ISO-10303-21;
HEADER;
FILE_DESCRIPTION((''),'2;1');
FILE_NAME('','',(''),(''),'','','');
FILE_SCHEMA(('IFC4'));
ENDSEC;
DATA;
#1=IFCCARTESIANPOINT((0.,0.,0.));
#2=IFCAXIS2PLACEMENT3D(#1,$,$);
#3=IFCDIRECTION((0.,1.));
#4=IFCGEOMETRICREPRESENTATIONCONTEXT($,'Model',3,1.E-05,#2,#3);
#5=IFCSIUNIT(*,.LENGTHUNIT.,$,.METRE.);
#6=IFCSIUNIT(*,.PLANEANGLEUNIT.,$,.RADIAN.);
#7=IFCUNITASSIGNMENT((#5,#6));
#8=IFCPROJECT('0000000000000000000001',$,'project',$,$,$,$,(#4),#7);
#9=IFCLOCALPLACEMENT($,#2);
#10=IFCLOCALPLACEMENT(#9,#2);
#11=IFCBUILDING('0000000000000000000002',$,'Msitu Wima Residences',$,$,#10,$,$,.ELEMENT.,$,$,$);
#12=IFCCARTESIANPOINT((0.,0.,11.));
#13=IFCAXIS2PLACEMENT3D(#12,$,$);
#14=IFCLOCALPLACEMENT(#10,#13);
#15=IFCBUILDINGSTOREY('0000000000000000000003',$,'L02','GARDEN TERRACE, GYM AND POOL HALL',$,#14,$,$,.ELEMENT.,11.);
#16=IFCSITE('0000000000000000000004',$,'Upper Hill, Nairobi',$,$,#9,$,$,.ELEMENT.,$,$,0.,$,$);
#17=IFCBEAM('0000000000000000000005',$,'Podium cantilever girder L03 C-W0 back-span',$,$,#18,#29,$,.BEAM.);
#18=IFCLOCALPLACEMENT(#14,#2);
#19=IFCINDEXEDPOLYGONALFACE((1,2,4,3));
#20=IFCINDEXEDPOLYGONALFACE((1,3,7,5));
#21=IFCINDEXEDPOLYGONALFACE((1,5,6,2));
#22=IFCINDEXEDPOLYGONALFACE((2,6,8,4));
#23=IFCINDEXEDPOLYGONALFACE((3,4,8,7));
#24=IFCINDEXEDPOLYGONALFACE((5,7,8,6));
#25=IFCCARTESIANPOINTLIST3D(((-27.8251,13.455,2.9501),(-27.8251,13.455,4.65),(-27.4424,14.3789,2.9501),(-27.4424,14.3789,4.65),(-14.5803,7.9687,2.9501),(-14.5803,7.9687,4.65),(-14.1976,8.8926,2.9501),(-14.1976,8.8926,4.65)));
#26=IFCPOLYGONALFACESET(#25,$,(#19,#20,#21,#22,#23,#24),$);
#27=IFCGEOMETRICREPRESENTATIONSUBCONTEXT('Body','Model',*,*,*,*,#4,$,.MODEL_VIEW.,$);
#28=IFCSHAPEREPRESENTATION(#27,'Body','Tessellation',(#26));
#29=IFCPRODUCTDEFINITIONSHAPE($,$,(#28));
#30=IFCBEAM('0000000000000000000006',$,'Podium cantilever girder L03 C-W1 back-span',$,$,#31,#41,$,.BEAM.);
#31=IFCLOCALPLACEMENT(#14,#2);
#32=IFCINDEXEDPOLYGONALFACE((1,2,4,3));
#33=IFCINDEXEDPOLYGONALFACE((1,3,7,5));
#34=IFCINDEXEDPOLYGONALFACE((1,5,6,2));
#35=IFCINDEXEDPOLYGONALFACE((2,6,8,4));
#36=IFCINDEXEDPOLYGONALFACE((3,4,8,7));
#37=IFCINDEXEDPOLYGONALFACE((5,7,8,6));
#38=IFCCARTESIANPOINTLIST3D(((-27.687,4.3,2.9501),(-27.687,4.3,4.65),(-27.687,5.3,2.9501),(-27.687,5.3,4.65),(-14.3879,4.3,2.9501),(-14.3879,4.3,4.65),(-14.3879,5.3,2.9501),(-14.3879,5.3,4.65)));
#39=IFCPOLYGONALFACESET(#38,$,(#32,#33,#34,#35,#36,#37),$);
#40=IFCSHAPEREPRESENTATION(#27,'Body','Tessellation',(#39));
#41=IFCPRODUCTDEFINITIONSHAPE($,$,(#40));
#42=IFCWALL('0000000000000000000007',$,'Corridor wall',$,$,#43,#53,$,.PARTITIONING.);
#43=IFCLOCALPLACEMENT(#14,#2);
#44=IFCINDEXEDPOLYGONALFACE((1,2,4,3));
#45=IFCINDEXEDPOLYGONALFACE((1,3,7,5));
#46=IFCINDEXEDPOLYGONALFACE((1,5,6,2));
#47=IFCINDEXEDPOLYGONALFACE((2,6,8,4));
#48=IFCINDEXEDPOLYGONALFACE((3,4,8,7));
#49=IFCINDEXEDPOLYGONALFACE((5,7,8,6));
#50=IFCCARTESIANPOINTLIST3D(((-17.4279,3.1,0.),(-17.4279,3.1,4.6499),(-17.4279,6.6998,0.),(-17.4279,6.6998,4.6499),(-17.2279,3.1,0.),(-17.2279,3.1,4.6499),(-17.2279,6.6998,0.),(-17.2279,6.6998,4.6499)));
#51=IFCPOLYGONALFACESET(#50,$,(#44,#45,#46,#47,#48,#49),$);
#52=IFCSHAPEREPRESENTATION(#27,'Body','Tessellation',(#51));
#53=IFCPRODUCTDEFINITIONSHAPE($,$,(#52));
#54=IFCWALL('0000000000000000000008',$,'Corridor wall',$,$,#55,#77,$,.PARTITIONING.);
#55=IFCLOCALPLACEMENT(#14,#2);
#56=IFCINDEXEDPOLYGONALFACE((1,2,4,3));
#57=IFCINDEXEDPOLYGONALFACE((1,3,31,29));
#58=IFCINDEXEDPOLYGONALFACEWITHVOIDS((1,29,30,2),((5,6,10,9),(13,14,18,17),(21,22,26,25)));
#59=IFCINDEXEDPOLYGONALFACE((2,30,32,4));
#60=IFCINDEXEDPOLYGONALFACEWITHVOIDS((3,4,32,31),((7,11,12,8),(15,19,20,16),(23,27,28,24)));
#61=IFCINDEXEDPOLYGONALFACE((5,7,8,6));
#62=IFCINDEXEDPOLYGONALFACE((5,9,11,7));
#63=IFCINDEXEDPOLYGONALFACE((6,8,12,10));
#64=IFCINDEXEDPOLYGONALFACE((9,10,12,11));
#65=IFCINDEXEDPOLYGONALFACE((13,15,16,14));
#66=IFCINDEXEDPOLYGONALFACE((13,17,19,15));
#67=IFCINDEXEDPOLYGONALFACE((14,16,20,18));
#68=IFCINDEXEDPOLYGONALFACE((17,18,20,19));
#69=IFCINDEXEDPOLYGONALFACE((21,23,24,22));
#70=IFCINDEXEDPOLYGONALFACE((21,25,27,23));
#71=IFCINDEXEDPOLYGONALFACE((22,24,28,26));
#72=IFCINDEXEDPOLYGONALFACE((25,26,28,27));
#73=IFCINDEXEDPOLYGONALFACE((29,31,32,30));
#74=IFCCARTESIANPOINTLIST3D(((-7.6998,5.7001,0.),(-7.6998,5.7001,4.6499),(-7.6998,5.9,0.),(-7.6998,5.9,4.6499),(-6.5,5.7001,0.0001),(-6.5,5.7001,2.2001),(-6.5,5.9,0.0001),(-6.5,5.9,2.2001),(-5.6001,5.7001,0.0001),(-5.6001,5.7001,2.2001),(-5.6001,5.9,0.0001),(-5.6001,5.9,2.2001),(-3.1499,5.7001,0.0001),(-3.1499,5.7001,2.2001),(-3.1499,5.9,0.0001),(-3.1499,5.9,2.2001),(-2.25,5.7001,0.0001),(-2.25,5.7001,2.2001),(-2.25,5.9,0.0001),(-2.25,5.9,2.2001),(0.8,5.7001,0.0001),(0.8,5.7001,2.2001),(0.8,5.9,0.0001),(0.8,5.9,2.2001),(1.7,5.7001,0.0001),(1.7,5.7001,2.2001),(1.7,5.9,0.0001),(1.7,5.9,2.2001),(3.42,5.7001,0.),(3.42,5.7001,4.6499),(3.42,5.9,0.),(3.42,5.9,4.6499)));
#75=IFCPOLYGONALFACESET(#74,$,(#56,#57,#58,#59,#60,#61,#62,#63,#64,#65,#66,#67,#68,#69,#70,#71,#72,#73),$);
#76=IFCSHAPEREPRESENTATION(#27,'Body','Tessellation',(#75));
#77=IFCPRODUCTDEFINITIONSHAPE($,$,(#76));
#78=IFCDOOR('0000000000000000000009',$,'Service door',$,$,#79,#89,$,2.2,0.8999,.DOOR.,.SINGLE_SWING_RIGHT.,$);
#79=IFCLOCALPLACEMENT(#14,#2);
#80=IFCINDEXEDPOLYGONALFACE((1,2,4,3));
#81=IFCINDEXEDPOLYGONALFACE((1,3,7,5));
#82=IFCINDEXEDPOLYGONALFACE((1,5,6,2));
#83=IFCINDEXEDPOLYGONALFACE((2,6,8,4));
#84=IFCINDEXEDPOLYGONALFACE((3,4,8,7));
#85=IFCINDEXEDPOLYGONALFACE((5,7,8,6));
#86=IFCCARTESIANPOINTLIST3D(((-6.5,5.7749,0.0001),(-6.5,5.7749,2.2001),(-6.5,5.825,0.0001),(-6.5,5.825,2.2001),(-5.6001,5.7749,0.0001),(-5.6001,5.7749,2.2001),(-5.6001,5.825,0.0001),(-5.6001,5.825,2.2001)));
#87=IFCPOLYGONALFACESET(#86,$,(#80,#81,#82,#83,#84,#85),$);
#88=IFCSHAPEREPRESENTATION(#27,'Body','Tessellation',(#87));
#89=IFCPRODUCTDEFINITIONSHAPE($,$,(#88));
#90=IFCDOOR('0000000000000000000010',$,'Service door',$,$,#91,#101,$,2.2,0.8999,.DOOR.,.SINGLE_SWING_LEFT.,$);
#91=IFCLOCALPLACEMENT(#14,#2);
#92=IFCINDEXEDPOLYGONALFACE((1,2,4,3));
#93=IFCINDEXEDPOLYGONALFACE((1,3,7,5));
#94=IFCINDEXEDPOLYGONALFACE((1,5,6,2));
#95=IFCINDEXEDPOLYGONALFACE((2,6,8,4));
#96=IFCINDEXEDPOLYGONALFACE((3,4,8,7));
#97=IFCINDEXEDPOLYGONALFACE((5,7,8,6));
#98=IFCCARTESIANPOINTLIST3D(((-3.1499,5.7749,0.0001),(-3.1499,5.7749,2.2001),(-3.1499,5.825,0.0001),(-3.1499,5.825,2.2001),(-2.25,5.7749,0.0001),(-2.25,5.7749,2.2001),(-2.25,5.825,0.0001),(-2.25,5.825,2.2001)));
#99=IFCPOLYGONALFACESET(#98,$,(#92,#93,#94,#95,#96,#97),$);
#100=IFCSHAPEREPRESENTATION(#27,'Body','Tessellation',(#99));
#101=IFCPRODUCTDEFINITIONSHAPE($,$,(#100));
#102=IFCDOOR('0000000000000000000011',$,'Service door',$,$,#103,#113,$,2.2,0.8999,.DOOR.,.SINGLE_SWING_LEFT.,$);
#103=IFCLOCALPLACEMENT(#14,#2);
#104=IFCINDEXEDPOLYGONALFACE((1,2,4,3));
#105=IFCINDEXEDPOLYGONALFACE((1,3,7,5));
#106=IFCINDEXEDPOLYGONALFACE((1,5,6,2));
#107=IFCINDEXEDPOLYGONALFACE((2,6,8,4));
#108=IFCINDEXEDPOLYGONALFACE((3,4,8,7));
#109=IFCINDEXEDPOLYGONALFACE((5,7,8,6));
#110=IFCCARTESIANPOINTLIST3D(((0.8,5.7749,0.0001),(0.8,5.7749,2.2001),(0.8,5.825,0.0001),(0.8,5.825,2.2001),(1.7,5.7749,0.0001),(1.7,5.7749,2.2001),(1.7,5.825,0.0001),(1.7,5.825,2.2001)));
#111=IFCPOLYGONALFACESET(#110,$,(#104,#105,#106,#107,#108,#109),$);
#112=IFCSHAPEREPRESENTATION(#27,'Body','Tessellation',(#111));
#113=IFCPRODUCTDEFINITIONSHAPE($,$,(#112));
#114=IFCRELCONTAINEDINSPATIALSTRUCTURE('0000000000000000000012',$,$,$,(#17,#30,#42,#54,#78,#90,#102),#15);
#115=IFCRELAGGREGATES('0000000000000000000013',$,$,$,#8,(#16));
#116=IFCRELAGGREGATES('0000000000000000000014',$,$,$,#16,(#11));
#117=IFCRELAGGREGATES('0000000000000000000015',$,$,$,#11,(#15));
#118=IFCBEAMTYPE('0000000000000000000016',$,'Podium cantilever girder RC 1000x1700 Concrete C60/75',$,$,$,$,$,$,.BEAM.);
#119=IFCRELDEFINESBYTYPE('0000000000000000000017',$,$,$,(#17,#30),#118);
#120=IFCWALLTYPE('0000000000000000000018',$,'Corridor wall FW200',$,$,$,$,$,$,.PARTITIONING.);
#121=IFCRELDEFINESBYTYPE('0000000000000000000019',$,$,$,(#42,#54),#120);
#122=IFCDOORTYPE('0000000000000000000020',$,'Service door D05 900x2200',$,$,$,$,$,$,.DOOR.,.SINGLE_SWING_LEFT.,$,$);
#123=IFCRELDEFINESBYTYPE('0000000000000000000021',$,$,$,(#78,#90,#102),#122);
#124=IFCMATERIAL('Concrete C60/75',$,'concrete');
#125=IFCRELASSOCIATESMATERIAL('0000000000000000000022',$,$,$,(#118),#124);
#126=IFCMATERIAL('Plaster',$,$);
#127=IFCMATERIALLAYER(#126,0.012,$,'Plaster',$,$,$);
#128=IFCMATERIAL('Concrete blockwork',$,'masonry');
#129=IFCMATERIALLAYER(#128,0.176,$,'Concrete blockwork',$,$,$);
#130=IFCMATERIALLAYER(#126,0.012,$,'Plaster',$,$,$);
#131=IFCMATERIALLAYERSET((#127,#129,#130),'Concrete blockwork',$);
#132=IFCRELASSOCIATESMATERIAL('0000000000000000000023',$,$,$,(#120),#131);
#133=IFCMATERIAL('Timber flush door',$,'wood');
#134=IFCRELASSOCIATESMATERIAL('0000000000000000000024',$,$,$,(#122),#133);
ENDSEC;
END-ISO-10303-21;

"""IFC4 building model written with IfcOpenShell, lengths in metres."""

from ifc_helpers import new_model, si_unit, direction, frame, frame_2d, origin, origin_2d, place, context, subcontext, project, spatial, rectangle, extrude, material, layer, layer_set, material_profile, profile_set, type_object, element, fill, save


model = new_model("IFC4")

# Units and contexts
model_context = context("Model", 3, precision=1e-05, world=origin(), true_north=direction((0.0, 1.0)))
body_context = subcontext(model_context, "Body", "Model", "MODEL_VIEW")
ifc_project = project(units=[si_unit("LENGTHUNIT", "METRE"), si_unit("PLANEANGLEUNIT", "RADIAN")], contexts=[model_context])

# Site, building, storey
site_placement = place(None, origin())
site = spatial("IfcSite", under=ifc_project, at=site_placement, Name="Upper Hill, Nairobi", CompositionType="ELEMENT", RefElevation=0.0)
building_placement = place(site_placement, origin())
building = spatial("IfcBuilding", under=site, at=building_placement, Name="Msitu Wima Residences", CompositionType="ELEMENT")
storey_placement = place(building_placement, frame((0.0, 0.0, 11.0)))
storey = spatial("IfcBuildingStorey", under=building, at=storey_placement, Name="L02", Description="GARDEN TERRACE, GYM AND POOL HALL", CompositionType="ELEMENT", Elevation=11.0)

# Beams
ifc_material_1 = material(Name="Concrete C60/75", Category="concrete")
ifc_material_profile = material_profile(ifc_material_1, rectangle(XDim=1.0, YDim=1.7, at=origin_2d()), Name="RC 1000x1700")
ifc_profile_set = profile_set([ifc_material_profile], Name="Concrete C60/75")
beam_type = type_object("IfcBeamType", Name="Podium cantilever girder RC 1000x1700 Concrete C60/75", PredefinedType="BEAM", material=ifc_profile_set)
beam_1_placement = place(storey_placement, frame((-14.3889, 8.4307, 3.8), z_axis=(-0.923877, 0.382691, 0.0), x_axis=(-0.382691, -0.923877, 0.0)))
element("IfcBeam", 1, at=beam_1_placement, inside=storey, type_object=beam_type, Name="Podium cantilever girder L03 C-W0 back-span", PredefinedType="BEAM", context=body_context, shape_type="SweptSolid", body=[
    extrude(rectangle(XDim=1.0, YDim=1.7, at=origin_2d()), origin(), (0.0, 0.0, 1.0), 14.3362),
])
beam_2_placement = place(storey_placement, frame((-14.3879, 4.8, 3.8), z_axis=(-1.0, 0.0, 0.0), x_axis=(0.0, -1.0, 0.0)))
element("IfcBeam", 2, at=beam_2_placement, inside=storey, type_object=beam_type, Name="Podium cantilever girder L03 C-W1 back-span", PredefinedType="BEAM", context=body_context, shape_type="SweptSolid", body=[
    extrude(rectangle(XDim=1.0, YDim=1.7, at=origin_2d()), origin(), (0.0, 0.0, 1.0), 13.2991),
])

# Wall
ifc_material_2 = material(Name="Plaster")
ifc_layer_1 = layer(ifc_material_2, 0.012, Name="Plaster")
ifc_material_3 = material(Name="Concrete blockwork", Category="masonry")
ifc_layer_2 = layer(ifc_material_3, 0.176, Name="Concrete blockwork")
ifc_layer_3 = layer(ifc_material_2, 0.012, Name="Plaster")
ifc_layer_set_1 = layer_set([ifc_layer_1, ifc_layer_2, ifc_layer_3], Name="Concrete blockwork")
wall_type_1 = type_object("IfcWallType", Name="Corridor wall FW200", PredefinedType="PARTITIONING", material=ifc_layer_set_1)
wall_1_placement = place(storey_placement, frame((-17.3279, 3.1001, 0.0), z_axis=(0.0, 0.0, 1.0), x_axis=(0.0, 1.0, 0.0)))
element("IfcWall", 3, at=wall_1_placement, inside=storey, type_object=wall_type_1, Name="Corridor wall", PredefinedType="PARTITIONING", context=body_context, shape_type="SweptSolid", body=[
    extrude(rectangle(XDim=3.5999, YDim=0.2, at=frame_2d((1.7998, 0.0))), origin(), (0.0, 0.0, 1.0), 4.6499),
])

# Wall, openings, doors
wall_2_placement = place(storey_placement, frame((-7.7, 5.8, 0.0), z_axis=(0.0, 0.0, 1.0), x_axis=(1.0, 0.0, 0.0)))
wall_2 = element("IfcWall", 4, at=wall_2_placement, inside=storey, type_object=wall_type_1, Name="Corridor wall", PredefinedType="PARTITIONING", context=body_context, shape_type="SweptSolid", body=[
    extrude(rectangle(XDim=11.1199, YDim=0.2, at=frame_2d((5.5601, 0.0))), origin(), (0.0, 0.0, 1.0), 4.6499),
])
opening_1_placement = place(wall_2_placement, frame((1.2, 0.0, 0.0)))
opening_1 = element("IfcOpeningElement", 5, at=opening_1_placement, cuts=wall_2, PredefinedType="OPENING", context=body_context, shape_type="SweptSolid", body=[
    extrude(rectangle(XDim=0.8999, YDim=2.2, at=frame_2d((0.45, 1.1001))), frame((0.0, 0.1099, 0.0), z_axis=(0.0, -1.0, 0.0), x_axis=(1.0, 0.0, 0.0)), (0.0, 0.0, 1.0), 0.22),
])
opening_2_placement = place(wall_2_placement, frame((4.55, 0.0, 0.0)))
opening_2 = element("IfcOpeningElement", 6, at=opening_2_placement, cuts=wall_2, PredefinedType="OPENING", context=body_context, shape_type="SweptSolid", body=[
    extrude(rectangle(XDim=0.8999, YDim=2.2, at=frame_2d((0.45, 1.1001))), frame((0.0, 0.1099, 0.0), z_axis=(0.0, -1.0, 0.0), x_axis=(1.0, 0.0, 0.0)), (0.0, 0.0, 1.0), 0.22),
])
opening_3_placement = place(wall_2_placement, frame((8.5, 0.0, 0.0)))
opening_3 = element("IfcOpeningElement", 7, at=opening_3_placement, cuts=wall_2, PredefinedType="OPENING", context=body_context, shape_type="SweptSolid", body=[
    extrude(rectangle(XDim=0.8999, YDim=2.2, at=frame_2d((0.45, 1.1001))), frame((0.0, 0.1099, 0.0), z_axis=(0.0, -1.0, 0.0), x_axis=(1.0, 0.0, 0.0)), (0.0, 0.0, 1.0), 0.22),
])
ifc_material_4 = material(Name="Timber flush door", Category="wood")
door_type_1 = type_object("IfcDoorType", Name="Service door D05 900x2200", OperationType="SINGLE_SWING_LEFT", PredefinedType="DOOR", material=ifc_material_4)
door_1_placement = place(opening_1_placement, origin())
door_1 = element("IfcDoor", 8, at=door_1_placement, inside=storey, type_object=door_type_1, Name="Service door", OperationType="SINGLE_SWING_RIGHT", OverallHeight=2.2, OverallWidth=0.8999, PredefinedType="DOOR", context=body_context, shape_type="SweptSolid", body=[
    extrude(rectangle(XDim=0.8999, YDim=2.2, at=frame_2d((0.45, 1.1001))), frame((0.0, 0.0249, 0.0), z_axis=(0.0, -1.0, 0.0), x_axis=(1.0, 0.0, 0.0)), (0.0, 0.0, 1.0), 0.05),
])
fill(opening_1, door_1)
door_2_placement = place(opening_2_placement, origin())
door_2 = element("IfcDoor", 9, at=door_2_placement, inside=storey, type_object=door_type_1, Name="Service door", OperationType="SINGLE_SWING_LEFT", OverallHeight=2.2, OverallWidth=0.8999, PredefinedType="DOOR", context=body_context, shape_type="SweptSolid", body=[
    extrude(rectangle(XDim=0.8999, YDim=2.2, at=frame_2d((0.45, 1.1001))), frame((0.0, 0.0249, 0.0), z_axis=(0.0, -1.0, 0.0), x_axis=(1.0, 0.0, 0.0)), (0.0, 0.0, 1.0), 0.05),
])
fill(opening_2, door_2)
door_3_placement = place(opening_3_placement, origin())
door_3 = element("IfcDoor", 10, at=door_3_placement, inside=storey, type_object=door_type_1, Name="Service door", OperationType="SINGLE_SWING_LEFT", OverallHeight=2.2, OverallWidth=0.8999, PredefinedType="DOOR", context=body_context, shape_type="SweptSolid", body=[
    extrude(rectangle(XDim=0.8999, YDim=2.2, at=frame_2d((0.45, 1.1001))), frame((0.0, 0.0249, 0.0), z_axis=(0.0, -1.0, 0.0), x_axis=(1.0, 0.0, 0.0)), (0.0, 0.0, 1.0), 0.05),
])
fill(opening_3, door_3)

save(model, "model.ifc")
